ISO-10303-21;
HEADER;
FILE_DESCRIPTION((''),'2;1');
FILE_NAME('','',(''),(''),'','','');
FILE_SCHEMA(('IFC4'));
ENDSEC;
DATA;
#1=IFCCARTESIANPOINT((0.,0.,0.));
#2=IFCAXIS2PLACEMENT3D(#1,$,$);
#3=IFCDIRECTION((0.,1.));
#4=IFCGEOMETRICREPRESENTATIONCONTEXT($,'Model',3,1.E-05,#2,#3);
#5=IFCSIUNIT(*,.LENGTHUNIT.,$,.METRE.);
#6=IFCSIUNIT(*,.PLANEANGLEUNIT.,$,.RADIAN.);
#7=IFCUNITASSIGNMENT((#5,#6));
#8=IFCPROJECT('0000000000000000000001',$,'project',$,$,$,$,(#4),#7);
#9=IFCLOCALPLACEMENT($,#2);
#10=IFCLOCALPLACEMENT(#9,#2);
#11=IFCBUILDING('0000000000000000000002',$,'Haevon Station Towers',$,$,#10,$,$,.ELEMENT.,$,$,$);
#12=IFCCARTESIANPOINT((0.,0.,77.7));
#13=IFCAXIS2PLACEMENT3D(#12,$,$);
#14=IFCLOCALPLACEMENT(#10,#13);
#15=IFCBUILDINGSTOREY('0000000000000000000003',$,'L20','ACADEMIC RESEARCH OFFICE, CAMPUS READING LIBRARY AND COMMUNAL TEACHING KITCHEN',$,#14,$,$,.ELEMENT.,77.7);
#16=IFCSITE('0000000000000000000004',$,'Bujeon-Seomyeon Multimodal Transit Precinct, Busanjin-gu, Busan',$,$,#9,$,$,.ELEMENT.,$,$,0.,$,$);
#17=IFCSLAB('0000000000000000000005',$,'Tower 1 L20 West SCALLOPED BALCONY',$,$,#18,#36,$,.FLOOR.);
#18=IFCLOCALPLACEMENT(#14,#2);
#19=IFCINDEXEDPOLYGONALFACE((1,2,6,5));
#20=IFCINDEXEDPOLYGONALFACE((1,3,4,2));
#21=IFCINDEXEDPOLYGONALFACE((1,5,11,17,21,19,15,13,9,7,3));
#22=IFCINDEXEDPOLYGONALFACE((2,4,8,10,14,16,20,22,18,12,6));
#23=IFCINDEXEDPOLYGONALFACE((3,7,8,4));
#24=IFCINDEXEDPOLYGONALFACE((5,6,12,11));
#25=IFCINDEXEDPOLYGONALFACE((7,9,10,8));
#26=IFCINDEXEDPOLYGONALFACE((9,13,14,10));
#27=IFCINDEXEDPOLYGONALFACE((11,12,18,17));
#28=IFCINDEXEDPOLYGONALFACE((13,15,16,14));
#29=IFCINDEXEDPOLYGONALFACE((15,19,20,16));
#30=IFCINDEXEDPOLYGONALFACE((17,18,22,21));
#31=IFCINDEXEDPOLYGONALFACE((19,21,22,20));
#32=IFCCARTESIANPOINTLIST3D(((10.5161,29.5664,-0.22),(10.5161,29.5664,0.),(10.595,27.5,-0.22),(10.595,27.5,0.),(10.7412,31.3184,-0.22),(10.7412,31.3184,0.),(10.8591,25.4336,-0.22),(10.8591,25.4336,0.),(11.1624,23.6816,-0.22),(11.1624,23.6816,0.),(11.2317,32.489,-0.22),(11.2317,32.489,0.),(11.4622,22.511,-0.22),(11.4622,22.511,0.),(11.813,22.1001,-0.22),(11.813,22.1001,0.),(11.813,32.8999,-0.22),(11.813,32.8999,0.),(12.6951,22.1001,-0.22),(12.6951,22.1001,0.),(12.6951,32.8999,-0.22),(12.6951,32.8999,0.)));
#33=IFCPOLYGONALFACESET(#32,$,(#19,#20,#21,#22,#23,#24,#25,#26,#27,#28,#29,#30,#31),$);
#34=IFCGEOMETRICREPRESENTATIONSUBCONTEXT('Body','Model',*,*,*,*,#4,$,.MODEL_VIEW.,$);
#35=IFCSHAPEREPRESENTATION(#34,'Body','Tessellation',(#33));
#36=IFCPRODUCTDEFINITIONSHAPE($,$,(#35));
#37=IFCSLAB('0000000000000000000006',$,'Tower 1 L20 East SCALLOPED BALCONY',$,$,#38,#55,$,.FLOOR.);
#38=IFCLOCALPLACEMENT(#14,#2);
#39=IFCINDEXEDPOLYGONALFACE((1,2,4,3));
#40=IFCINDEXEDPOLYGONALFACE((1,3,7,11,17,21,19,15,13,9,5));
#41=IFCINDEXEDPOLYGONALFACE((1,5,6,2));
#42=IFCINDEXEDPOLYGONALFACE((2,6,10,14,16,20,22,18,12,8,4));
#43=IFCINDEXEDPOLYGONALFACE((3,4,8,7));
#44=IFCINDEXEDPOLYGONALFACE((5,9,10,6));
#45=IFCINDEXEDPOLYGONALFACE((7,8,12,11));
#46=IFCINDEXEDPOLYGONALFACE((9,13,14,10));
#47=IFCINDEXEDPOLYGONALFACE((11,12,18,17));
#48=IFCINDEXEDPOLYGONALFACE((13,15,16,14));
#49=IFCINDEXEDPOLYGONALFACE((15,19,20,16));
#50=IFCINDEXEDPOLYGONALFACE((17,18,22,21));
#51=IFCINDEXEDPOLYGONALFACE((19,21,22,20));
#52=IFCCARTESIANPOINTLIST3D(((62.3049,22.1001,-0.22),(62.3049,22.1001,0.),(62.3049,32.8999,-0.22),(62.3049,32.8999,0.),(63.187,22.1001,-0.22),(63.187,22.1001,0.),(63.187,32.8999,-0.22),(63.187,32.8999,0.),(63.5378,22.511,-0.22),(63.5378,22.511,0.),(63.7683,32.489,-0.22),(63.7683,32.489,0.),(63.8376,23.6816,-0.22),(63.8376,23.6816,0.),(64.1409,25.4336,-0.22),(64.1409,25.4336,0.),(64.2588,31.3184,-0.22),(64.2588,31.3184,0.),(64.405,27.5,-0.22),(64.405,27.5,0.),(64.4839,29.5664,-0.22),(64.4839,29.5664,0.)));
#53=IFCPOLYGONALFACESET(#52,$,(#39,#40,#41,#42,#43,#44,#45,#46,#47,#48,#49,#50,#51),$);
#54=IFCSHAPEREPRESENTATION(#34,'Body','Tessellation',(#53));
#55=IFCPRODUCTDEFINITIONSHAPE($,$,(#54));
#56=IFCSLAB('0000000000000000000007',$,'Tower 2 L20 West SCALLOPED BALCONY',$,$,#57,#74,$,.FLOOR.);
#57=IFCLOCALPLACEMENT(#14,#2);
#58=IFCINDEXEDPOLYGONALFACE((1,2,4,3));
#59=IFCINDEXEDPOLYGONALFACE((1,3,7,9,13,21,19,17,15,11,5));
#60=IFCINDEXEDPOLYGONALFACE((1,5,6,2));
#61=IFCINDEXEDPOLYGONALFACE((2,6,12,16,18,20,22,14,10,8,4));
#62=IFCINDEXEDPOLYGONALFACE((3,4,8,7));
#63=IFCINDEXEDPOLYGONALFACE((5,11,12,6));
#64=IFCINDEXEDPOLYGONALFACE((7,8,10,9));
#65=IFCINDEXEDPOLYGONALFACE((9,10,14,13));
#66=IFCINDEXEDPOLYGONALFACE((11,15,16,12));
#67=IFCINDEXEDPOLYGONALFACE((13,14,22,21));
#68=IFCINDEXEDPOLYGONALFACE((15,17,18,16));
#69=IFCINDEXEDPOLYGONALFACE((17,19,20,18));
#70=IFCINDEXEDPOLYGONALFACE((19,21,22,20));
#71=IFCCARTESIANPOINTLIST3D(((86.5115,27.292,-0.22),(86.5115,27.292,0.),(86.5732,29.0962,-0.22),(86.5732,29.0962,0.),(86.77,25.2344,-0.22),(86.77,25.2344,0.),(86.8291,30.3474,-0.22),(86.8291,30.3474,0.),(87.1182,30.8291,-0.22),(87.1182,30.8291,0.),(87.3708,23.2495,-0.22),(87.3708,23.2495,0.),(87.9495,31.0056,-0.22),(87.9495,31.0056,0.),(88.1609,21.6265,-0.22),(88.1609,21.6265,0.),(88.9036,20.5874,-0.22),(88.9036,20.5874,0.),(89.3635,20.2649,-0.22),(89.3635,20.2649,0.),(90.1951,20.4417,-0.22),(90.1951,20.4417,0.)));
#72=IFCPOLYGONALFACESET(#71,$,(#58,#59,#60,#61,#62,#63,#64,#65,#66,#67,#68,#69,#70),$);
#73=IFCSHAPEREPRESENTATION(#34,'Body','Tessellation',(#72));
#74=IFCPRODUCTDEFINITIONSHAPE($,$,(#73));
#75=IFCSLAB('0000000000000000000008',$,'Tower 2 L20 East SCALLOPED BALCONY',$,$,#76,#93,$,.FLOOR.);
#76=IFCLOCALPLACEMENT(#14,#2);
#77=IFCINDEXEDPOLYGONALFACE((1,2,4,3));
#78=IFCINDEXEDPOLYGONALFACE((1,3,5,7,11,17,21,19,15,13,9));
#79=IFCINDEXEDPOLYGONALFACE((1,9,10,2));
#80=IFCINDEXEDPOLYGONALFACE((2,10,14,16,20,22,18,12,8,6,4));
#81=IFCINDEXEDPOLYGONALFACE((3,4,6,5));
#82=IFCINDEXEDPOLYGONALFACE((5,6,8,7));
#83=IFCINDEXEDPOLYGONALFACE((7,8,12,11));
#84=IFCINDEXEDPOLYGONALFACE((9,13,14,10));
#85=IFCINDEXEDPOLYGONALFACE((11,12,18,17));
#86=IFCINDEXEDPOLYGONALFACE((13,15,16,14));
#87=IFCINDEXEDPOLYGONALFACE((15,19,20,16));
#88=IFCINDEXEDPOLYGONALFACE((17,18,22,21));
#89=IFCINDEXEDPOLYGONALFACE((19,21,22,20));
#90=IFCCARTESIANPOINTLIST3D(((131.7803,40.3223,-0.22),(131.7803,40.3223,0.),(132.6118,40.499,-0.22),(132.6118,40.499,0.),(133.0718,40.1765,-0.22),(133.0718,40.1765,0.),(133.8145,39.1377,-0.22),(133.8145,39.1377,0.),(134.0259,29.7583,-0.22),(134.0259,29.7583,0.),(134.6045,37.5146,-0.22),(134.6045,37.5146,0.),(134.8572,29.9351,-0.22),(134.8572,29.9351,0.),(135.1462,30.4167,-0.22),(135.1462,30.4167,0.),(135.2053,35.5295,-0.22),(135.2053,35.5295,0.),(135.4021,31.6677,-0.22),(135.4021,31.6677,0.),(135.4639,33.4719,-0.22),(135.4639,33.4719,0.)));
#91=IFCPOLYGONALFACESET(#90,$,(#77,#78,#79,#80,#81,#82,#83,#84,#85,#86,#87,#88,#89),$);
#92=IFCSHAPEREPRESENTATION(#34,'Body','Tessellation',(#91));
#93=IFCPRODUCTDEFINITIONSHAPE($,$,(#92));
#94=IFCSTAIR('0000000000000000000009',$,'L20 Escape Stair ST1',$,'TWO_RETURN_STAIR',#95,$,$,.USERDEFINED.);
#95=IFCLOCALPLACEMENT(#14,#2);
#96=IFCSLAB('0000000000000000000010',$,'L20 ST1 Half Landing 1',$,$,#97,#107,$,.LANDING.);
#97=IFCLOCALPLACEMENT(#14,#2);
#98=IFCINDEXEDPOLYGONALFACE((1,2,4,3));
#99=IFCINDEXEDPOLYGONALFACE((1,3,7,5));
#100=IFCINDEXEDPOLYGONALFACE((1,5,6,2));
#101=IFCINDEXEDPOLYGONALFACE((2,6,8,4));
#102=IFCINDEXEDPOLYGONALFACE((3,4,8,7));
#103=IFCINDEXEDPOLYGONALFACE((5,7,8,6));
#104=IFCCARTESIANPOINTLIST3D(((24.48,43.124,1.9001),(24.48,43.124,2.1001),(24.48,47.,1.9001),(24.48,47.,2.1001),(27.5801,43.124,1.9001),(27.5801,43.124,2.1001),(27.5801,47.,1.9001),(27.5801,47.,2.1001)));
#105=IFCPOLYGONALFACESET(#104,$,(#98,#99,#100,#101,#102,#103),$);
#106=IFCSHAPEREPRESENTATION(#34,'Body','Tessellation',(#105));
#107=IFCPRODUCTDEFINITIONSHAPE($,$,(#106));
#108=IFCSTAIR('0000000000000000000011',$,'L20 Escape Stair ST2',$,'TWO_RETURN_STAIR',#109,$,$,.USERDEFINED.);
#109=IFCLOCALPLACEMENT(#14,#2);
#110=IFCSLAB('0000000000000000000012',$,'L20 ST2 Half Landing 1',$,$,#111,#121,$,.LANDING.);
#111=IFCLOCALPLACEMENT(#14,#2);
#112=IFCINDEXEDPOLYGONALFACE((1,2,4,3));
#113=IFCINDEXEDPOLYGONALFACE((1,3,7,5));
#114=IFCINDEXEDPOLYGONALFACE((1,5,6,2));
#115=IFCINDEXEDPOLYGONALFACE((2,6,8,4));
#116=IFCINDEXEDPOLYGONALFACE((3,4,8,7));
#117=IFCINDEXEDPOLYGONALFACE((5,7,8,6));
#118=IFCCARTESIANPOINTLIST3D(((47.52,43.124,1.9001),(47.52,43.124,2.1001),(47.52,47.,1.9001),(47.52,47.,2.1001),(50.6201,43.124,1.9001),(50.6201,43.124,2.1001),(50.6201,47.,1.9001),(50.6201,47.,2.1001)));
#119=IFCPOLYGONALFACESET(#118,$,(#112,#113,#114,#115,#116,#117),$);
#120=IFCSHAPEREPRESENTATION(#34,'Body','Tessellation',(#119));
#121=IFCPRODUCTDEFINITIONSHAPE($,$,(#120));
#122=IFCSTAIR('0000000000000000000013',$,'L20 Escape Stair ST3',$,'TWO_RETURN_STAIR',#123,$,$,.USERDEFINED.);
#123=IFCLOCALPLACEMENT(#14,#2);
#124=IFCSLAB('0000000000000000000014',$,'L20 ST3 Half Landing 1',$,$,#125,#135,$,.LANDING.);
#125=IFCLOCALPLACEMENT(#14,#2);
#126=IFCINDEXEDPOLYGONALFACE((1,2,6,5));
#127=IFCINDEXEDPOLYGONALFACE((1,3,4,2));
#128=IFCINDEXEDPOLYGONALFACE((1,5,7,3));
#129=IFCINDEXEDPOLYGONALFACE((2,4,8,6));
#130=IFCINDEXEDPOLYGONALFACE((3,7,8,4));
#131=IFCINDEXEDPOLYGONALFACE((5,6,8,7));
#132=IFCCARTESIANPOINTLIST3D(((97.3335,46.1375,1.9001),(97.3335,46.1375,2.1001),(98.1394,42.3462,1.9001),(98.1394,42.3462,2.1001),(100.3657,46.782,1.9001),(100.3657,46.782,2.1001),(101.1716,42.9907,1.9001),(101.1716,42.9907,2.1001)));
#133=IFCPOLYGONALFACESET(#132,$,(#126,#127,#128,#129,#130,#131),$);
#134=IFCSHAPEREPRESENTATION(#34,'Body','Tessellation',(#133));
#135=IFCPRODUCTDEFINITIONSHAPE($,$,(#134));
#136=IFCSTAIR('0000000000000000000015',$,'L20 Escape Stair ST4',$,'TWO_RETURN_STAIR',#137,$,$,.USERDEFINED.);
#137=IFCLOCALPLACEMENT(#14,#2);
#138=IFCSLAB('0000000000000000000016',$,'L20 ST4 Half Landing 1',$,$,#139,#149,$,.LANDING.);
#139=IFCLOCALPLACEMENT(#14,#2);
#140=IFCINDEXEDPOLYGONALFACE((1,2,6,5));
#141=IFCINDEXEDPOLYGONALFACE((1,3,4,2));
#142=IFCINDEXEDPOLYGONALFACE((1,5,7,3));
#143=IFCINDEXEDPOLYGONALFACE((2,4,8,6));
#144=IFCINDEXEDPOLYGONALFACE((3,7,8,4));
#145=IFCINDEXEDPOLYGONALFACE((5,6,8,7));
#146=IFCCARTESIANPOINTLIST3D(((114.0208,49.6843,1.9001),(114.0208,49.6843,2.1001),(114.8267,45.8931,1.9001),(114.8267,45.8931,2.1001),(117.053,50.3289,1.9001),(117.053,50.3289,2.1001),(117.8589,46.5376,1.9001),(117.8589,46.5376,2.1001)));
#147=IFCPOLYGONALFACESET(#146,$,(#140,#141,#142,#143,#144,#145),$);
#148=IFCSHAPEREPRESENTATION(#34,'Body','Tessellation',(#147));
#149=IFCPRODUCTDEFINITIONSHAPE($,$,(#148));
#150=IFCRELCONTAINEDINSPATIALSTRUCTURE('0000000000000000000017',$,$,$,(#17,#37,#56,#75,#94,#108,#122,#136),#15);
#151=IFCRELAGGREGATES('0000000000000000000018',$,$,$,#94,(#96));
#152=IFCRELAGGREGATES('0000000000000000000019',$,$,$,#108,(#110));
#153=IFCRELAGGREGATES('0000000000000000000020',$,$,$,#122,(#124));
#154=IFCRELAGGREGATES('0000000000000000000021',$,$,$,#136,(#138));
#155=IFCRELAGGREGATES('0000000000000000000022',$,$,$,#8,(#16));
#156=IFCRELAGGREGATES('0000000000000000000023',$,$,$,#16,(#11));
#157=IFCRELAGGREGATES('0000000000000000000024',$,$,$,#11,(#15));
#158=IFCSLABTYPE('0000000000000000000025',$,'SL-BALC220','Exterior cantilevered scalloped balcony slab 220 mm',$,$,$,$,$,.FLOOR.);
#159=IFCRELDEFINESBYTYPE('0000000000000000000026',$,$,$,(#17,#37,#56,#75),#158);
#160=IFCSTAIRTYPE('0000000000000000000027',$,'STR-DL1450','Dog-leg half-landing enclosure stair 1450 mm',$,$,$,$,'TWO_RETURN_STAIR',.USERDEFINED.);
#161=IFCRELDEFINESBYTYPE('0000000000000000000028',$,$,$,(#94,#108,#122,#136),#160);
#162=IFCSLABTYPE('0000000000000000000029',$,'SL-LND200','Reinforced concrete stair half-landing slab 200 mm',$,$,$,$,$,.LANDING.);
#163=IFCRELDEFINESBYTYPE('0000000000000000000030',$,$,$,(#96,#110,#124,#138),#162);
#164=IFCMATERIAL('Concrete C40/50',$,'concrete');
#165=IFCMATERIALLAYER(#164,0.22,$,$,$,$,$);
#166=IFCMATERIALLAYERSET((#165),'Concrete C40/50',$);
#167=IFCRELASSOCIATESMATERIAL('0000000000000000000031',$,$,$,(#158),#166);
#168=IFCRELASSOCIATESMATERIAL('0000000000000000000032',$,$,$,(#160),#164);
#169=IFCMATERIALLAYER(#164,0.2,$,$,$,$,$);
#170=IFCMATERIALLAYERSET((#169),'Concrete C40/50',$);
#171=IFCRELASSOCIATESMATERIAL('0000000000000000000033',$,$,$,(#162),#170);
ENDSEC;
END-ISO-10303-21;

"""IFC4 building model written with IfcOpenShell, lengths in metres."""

from ifc_helpers import new_model, si_unit, direction, frame, origin, place, context, subcontext, project, spatial, polyline, outline, extrude, material, layer, layer_set, type_object, element, aggregate, save


model = new_model("IFC4")

# Units and contexts
model_context = context("Model", 3, precision=1e-05, world=origin(), true_north=direction((0.0, 1.0)))
body_context = subcontext(model_context, "Body", "Model", "MODEL_VIEW")
ifc_project = project(units=[si_unit("LENGTHUNIT", "METRE"), si_unit("PLANEANGLEUNIT", "RADIAN")], contexts=[model_context])

# Site, building, storey
site_placement = place(None, origin())
site = spatial("IfcSite", under=ifc_project, at=site_placement, Name="Bujeon-Seomyeon Multimodal Transit Precinct, Busanjin-gu, Busan", CompositionType="ELEMENT", RefElevation=0.0)
building_placement = place(site_placement, origin())
building = spatial("IfcBuilding", under=site, at=building_placement, Name="Haevon Station Towers", CompositionType="ELEMENT")
storey_placement = place(building_placement, frame((0.0, 0.0, 77.7)))
storey = spatial("IfcBuildingStorey", under=building, at=storey_placement, Name="L20", Description="ACADEMIC RESEARCH OFFICE, CAMPUS READING LIBRARY AND COMMUNAL TEACHING KITCHEN", CompositionType="ELEMENT", Elevation=77.7)

# Slabs
ifc_material_1 = material(Name="Concrete C40/50", Category="concrete")
ifc_layer_1 = layer(ifc_material_1, 0.22)
ifc_layer_set_1 = layer_set([ifc_layer_1], Name="Concrete C40/50")
slab_type_1 = type_object("IfcSlabType", Name="SL-BALC220", Description="Exterior cantilevered scalloped balcony slab 220 mm", PredefinedType="FLOOR", material=ifc_layer_set_1)
slab_1_placement = place(storey_placement, frame((0.0, 0.0, -0.22)))
element("IfcSlab", 1, at=slab_1_placement, inside=storey, type_object=slab_type_1, Name="Tower 1 L20 West SCALLOPED BALCONY", PredefinedType="FLOOR", context=body_context, shape_type="SweptSolid", body=[
    extrude(outline(polyline([(12.6951, 32.8999), (11.813, 32.8999), (11.2317, 32.489), (10.7412, 31.3184), (10.5161, 29.5664), (10.595, 27.5), (10.8591, 25.4336), (11.1624, 23.6816), (11.4622, 22.511), (11.813, 22.1001), (12.6951, 22.1001), (12.6951, 32.8999)])), origin(), (0.0, 0.0, 1.0), 0.22),
])
slab_2_placement = place(storey_placement, frame((0.0, 0.0, -0.22)))
element("IfcSlab", 2, at=slab_2_placement, inside=storey, type_object=slab_type_1, Name="Tower 1 L20 East SCALLOPED BALCONY", PredefinedType="FLOOR", context=body_context, shape_type="SweptSolid", body=[
    extrude(outline(polyline([(62.3049, 22.1001), (63.187, 22.1001), (63.5378, 22.511), (63.8376, 23.6816), (64.1409, 25.4336), (64.405, 27.5), (64.4839, 29.5664), (64.2588, 31.3184), (63.7683, 32.489), (63.187, 32.8999), (62.3049, 32.8999), (62.3049, 22.1001)])), origin(), (0.0, 0.0, 1.0), 0.22),
])
slab_3_placement = place(storey_placement, frame((0.0, 0.0, -0.22)))
element("IfcSlab", 3, at=slab_3_placement, inside=storey, type_object=slab_type_1, Name="Tower 2 L20 West SCALLOPED BALCONY", PredefinedType="FLOOR", context=body_context, shape_type="SweptSolid", body=[
    extrude(outline(polyline([(87.9495, 31.0056), (87.1182, 30.8291), (86.8291, 30.3474), (86.5732, 29.0962), (86.5115, 27.292), (86.77, 25.2344), (87.3708, 23.2495), (88.1609, 21.6265), (88.9036, 20.5874), (89.3635, 20.2649), (90.1951, 20.4417), (87.9495, 31.0056)])), origin(), (0.0, 0.0, 1.0), 0.22),
])
slab_4_placement = place(storey_placement, frame((0.0, 0.0, -0.22)))
element("IfcSlab", 4, at=slab_4_placement, inside=storey, type_object=slab_type_1, Name="Tower 2 L20 East SCALLOPED BALCONY", PredefinedType="FLOOR", context=body_context, shape_type="SweptSolid", body=[
    extrude(outline(polyline([(134.0259, 29.7583), (134.8572, 29.9351), (135.1462, 30.4167), (135.4021, 31.6677), (135.4639, 33.4719), (135.2053, 35.5295), (134.6045, 37.5146), (133.8145, 39.1377), (133.0718, 40.1765), (132.6118, 40.499), (131.7803, 40.3223), (134.0259, 29.7583)])), origin(), (0.0, 0.0, 1.0), 0.22),
])

# Stairs, slabs
stair_type = type_object("IfcStairType", Name="STR-DL1450", Description="Dog-leg half-landing enclosure stair 1450 mm", ElementType="TWO_RETURN_STAIR", PredefinedType="USERDEFINED", material=ifc_material_1)
stair_1_placement = place(storey_placement, origin())
stair_1 = element("IfcStair", 5, at=stair_1_placement, inside=storey, type_object=stair_type, Name="L20 Escape Stair ST1", ObjectType="TWO_RETURN_STAIR", PredefinedType="USERDEFINED")
ifc_layer_2 = layer(ifc_material_1, 0.2)
ifc_layer_set_2 = layer_set([ifc_layer_2], Name="Concrete C40/50")
slab_type_2 = type_object("IfcSlabType", Name="SL-LND200", Description="Reinforced concrete stair half-landing slab 200 mm", PredefinedType="LANDING", material=ifc_layer_set_2)
slab_5_placement = place(storey_placement, frame((0.0, 0.0, 1.9001)))
slab_5 = element("IfcSlab", 6, at=slab_5_placement, type_object=slab_type_2, Name="L20 ST1 Half Landing 1", PredefinedType="LANDING", context=body_context, shape_type="SweptSolid", body=[
    extrude(outline(polyline([(27.5801, 43.124), (27.5801, 47.0), (24.48, 47.0), (24.48, 43.124), (27.5801, 43.124)])), origin(), (0.0, 0.0, 1.0), 0.2),
])
aggregate(stair_1, [slab_5])
stair_2_placement = place(storey_placement, origin())
stair_2 = element("IfcStair", 7, at=stair_2_placement, inside=storey, type_object=stair_type, Name="L20 Escape Stair ST2", ObjectType="TWO_RETURN_STAIR", PredefinedType="USERDEFINED")
slab_6_placement = place(storey_placement, frame((0.0, 0.0, 1.9001)))
slab_6 = element("IfcSlab", 8, at=slab_6_placement, type_object=slab_type_2, Name="L20 ST2 Half Landing 1", PredefinedType="LANDING", context=body_context, shape_type="SweptSolid", body=[
    extrude(outline(polyline([(50.6201, 43.124), (50.6201, 47.0), (47.52, 47.0), (47.52, 43.124), (50.6201, 43.124)])), origin(), (0.0, 0.0, 1.0), 0.2),
])
aggregate(stair_2, [slab_6])
stair_3_placement = place(storey_placement, origin())
stair_3 = element("IfcStair", 9, at=stair_3_placement, inside=storey, type_object=stair_type, Name="L20 Escape Stair ST3", ObjectType="TWO_RETURN_STAIR", PredefinedType="USERDEFINED")
slab_7_placement = place(storey_placement, frame((0.0, 0.0, 1.9001)))
slab_7 = element("IfcSlab", 10, at=slab_7_placement, type_object=slab_type_2, Name="L20 ST3 Half Landing 1", PredefinedType="LANDING", context=body_context, shape_type="SweptSolid", body=[
    extrude(outline(polyline([(101.1716, 42.9907), (100.3657, 46.782), (97.3335, 46.1375), (98.1394, 42.3462), (101.1716, 42.9907)])), origin(), (0.0, 0.0, 1.0), 0.2),
])
aggregate(stair_3, [slab_7])
stair_4_placement = place(storey_placement, origin())
stair_4 = element("IfcStair", 11, at=stair_4_placement, inside=storey, type_object=stair_type, Name="L20 Escape Stair ST4", ObjectType="TWO_RETURN_STAIR", PredefinedType="USERDEFINED")
slab_8_placement = place(storey_placement, frame((0.0, 0.0, 1.9001)))
slab_8 = element("IfcSlab", 12, at=slab_8_placement, type_object=slab_type_2, Name="L20 ST4 Half Landing 1", PredefinedType="LANDING", context=body_context, shape_type="SweptSolid", body=[
    extrude(outline(polyline([(117.8589, 46.5376), (117.053, 50.3289), (114.0208, 49.6843), (114.8267, 45.8931), (117.8589, 46.5376)])), origin(), (0.0, 0.0, 1.0), 0.2),
])
aggregate(stair_4, [slab_8])

save(model, "model.ifc")
